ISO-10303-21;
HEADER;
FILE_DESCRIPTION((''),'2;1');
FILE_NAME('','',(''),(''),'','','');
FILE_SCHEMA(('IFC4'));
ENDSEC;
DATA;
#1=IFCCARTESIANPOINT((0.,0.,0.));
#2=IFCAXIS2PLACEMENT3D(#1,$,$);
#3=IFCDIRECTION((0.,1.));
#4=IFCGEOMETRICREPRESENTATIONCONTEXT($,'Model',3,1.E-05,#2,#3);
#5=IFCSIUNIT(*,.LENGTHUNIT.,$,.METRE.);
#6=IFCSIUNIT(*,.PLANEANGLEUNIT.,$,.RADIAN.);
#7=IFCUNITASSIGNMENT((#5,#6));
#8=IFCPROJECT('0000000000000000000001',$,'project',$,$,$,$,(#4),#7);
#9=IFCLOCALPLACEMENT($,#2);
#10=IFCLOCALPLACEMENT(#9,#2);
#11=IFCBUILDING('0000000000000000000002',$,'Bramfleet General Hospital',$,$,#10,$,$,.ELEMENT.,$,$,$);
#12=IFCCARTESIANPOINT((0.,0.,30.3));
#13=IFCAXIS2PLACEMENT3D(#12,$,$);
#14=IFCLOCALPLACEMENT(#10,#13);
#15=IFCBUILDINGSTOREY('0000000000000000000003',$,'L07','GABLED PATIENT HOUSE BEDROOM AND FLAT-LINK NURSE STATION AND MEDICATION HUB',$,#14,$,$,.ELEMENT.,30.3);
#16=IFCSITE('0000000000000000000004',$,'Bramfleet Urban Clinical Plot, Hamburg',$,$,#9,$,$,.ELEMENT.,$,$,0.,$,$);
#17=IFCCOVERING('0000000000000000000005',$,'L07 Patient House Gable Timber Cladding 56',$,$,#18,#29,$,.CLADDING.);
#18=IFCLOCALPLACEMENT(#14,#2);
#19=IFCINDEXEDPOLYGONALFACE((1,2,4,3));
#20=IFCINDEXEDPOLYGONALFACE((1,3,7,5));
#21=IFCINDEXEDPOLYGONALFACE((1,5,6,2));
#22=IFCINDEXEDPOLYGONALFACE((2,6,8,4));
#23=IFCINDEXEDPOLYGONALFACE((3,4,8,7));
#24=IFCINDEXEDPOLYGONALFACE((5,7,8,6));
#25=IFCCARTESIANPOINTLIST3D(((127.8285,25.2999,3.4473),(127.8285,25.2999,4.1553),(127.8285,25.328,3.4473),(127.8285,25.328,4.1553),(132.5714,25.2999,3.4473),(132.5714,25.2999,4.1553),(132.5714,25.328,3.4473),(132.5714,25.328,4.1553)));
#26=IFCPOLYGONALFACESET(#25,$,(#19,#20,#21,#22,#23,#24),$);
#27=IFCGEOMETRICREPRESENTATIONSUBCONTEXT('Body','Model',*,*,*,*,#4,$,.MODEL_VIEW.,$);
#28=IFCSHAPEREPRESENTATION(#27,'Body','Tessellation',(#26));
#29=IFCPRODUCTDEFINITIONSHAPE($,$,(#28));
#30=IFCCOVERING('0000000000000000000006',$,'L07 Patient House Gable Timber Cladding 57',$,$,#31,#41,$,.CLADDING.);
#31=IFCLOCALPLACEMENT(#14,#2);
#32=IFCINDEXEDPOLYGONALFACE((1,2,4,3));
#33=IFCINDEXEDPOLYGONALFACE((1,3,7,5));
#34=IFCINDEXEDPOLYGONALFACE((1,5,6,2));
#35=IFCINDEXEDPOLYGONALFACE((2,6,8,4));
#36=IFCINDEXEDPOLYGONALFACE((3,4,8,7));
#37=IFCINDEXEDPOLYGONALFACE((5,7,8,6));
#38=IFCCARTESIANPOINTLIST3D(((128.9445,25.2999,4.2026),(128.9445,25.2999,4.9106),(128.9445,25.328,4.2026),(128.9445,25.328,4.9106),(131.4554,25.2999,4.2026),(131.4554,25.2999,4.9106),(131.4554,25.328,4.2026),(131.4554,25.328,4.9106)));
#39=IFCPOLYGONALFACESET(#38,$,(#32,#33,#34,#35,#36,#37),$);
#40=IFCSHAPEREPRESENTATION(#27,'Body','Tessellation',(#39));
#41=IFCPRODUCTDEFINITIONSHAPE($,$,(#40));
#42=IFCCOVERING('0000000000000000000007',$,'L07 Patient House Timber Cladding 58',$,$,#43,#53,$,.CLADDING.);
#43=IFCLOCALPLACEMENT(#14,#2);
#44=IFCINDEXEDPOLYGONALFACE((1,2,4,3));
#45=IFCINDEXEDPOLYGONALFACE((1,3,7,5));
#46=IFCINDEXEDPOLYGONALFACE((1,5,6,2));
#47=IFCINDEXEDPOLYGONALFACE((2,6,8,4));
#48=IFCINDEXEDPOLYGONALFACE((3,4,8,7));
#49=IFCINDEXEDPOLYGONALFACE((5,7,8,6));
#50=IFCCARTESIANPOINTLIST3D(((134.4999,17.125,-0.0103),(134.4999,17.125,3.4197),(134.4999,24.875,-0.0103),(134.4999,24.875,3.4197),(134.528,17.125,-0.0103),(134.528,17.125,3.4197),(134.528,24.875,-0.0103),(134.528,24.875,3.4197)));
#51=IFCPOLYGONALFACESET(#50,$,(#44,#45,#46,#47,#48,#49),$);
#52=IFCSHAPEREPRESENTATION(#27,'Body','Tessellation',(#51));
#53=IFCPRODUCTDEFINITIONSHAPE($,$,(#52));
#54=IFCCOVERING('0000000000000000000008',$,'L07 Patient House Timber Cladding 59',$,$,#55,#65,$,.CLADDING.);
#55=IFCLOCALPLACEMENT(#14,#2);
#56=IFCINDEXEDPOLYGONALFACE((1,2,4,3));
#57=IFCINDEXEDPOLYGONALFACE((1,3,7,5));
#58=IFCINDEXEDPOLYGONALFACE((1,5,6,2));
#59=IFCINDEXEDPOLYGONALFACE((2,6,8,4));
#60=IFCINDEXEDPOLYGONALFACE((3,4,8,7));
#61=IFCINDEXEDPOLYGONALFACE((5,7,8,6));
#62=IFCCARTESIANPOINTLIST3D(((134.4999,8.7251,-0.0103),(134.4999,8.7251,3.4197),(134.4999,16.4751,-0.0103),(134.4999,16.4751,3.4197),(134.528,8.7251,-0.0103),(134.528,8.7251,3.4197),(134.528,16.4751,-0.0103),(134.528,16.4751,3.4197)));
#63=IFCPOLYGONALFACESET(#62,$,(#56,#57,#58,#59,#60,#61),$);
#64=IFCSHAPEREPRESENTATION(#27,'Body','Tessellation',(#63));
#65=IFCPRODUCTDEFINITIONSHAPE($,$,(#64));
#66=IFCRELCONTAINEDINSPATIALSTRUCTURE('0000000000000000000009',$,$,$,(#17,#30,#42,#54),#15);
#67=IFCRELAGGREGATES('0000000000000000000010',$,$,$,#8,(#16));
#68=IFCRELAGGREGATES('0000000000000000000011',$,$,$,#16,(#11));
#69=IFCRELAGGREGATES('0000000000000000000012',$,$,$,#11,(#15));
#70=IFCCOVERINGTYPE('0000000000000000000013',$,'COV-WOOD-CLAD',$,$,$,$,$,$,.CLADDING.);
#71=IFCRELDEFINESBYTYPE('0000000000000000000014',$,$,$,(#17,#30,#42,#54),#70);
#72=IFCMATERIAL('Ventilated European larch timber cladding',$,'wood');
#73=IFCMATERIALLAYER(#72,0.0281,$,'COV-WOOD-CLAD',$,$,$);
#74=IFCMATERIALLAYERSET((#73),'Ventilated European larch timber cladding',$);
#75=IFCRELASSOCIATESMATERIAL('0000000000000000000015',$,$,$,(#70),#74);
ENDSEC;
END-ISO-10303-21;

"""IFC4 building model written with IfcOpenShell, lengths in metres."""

from ifc_helpers import new_model, si_unit, direction, frame, origin, origin_2d, place, context, subcontext, project, spatial, rectangle, extrude, material, layer, layer_set, type_object, element, save


model = new_model("IFC4")

# Units and contexts
model_context = context("Model", 3, precision=1e-05, world=origin(), true_north=direction((0.0, 1.0)))
body_context = subcontext(model_context, "Body", "Model", "MODEL_VIEW")
ifc_project = project(units=[si_unit("LENGTHUNIT", "METRE"), si_unit("PLANEANGLEUNIT", "RADIAN")], contexts=[model_context])

# Site, building, storey
site_placement = place(None, origin())
site = spatial("IfcSite", under=ifc_project, at=site_placement, Name="Bramfleet Urban Clinical Plot, Hamburg", CompositionType="ELEMENT", RefElevation=0.0)
building_placement = place(site_placement, origin())
building = spatial("IfcBuilding", under=site, at=building_placement, Name="Bramfleet General Hospital", CompositionType="ELEMENT")
storey_placement = place(building_placement, frame((0.0, 0.0, 30.3)))
storey = spatial("IfcBuildingStorey", under=building, at=storey_placement, Name="L07", Description="GABLED PATIENT HOUSE BEDROOM AND FLAT-LINK NURSE STATION AND MEDICATION HUB", CompositionType="ELEMENT", Elevation=30.3)

# Coverings
ifc_material_1 = material(Name="Ventilated European larch timber cladding", Category="wood")
ifc_layer_1 = layer(ifc_material_1, 0.0281, Name="COV-WOOD-CLAD")
ifc_layer_set_1 = layer_set([ifc_layer_1], Name="Ventilated European larch timber cladding")
covering_type = type_object("IfcCoveringType", Name="COV-WOOD-CLAD", PredefinedType="CLADDING", material=ifc_layer_set_1)
covering_1_placement = place(storey_placement, frame((130.2, 25.314, 3.4473), z_axis=(0.0, 0.0, 1.0), x_axis=(1.0, 0.0, 0.0)))
element("IfcCovering", 1, at=covering_1_placement, inside=storey, type_object=covering_type, Name="L07 Patient House Gable Timber Cladding 56", PredefinedType="CLADDING", context=body_context, shape_type="SweptSolid", body=[
    extrude(rectangle(XDim=4.7429, YDim=0.0281, at=origin_2d()), origin(), (0.0, 0.0, 1.0), 0.708),
])
covering_2_placement = place(storey_placement, frame((130.2, 25.314, 4.2026), z_axis=(0.0, 0.0, 1.0), x_axis=(1.0, 0.0, 0.0)))
element("IfcCovering", 2, at=covering_2_placement, inside=storey, type_object=covering_type, Name="L07 Patient House Gable Timber Cladding 57", PredefinedType="CLADDING", context=body_context, shape_type="SweptSolid", body=[
    extrude(rectangle(XDim=2.511, YDim=0.0281, at=origin_2d()), origin(), (0.0, 0.0, 1.0), 0.708),
])
for number, where, z_axis, x_axis, name in (
    (3, (134.5139, 21.0, -0.0103), (0.0, 0.0, 1.0), (0.0, -1.0, 0.0), "L07 Patient House Timber Cladding 58"),
    (4, (134.5139, 12.6001, -0.0103), (0.0, 0.0, 1.0), (0.0, -1.0, 0.0), "L07 Patient House Timber Cladding 59"),
):
    element("IfcCovering", number, at=place(storey_placement, frame(where, z_axis=z_axis, x_axis=x_axis)), inside=storey, type_object=covering_type, Name=name, PredefinedType="CLADDING", context=body_context, shape_type="SweptSolid", body=[
        extrude(rectangle(XDim=7.75, YDim=0.0281, at=origin_2d()), origin(), (0.0, 0.0, 1.0), 3.4299),
    ])

save(model, "model.ifc")
